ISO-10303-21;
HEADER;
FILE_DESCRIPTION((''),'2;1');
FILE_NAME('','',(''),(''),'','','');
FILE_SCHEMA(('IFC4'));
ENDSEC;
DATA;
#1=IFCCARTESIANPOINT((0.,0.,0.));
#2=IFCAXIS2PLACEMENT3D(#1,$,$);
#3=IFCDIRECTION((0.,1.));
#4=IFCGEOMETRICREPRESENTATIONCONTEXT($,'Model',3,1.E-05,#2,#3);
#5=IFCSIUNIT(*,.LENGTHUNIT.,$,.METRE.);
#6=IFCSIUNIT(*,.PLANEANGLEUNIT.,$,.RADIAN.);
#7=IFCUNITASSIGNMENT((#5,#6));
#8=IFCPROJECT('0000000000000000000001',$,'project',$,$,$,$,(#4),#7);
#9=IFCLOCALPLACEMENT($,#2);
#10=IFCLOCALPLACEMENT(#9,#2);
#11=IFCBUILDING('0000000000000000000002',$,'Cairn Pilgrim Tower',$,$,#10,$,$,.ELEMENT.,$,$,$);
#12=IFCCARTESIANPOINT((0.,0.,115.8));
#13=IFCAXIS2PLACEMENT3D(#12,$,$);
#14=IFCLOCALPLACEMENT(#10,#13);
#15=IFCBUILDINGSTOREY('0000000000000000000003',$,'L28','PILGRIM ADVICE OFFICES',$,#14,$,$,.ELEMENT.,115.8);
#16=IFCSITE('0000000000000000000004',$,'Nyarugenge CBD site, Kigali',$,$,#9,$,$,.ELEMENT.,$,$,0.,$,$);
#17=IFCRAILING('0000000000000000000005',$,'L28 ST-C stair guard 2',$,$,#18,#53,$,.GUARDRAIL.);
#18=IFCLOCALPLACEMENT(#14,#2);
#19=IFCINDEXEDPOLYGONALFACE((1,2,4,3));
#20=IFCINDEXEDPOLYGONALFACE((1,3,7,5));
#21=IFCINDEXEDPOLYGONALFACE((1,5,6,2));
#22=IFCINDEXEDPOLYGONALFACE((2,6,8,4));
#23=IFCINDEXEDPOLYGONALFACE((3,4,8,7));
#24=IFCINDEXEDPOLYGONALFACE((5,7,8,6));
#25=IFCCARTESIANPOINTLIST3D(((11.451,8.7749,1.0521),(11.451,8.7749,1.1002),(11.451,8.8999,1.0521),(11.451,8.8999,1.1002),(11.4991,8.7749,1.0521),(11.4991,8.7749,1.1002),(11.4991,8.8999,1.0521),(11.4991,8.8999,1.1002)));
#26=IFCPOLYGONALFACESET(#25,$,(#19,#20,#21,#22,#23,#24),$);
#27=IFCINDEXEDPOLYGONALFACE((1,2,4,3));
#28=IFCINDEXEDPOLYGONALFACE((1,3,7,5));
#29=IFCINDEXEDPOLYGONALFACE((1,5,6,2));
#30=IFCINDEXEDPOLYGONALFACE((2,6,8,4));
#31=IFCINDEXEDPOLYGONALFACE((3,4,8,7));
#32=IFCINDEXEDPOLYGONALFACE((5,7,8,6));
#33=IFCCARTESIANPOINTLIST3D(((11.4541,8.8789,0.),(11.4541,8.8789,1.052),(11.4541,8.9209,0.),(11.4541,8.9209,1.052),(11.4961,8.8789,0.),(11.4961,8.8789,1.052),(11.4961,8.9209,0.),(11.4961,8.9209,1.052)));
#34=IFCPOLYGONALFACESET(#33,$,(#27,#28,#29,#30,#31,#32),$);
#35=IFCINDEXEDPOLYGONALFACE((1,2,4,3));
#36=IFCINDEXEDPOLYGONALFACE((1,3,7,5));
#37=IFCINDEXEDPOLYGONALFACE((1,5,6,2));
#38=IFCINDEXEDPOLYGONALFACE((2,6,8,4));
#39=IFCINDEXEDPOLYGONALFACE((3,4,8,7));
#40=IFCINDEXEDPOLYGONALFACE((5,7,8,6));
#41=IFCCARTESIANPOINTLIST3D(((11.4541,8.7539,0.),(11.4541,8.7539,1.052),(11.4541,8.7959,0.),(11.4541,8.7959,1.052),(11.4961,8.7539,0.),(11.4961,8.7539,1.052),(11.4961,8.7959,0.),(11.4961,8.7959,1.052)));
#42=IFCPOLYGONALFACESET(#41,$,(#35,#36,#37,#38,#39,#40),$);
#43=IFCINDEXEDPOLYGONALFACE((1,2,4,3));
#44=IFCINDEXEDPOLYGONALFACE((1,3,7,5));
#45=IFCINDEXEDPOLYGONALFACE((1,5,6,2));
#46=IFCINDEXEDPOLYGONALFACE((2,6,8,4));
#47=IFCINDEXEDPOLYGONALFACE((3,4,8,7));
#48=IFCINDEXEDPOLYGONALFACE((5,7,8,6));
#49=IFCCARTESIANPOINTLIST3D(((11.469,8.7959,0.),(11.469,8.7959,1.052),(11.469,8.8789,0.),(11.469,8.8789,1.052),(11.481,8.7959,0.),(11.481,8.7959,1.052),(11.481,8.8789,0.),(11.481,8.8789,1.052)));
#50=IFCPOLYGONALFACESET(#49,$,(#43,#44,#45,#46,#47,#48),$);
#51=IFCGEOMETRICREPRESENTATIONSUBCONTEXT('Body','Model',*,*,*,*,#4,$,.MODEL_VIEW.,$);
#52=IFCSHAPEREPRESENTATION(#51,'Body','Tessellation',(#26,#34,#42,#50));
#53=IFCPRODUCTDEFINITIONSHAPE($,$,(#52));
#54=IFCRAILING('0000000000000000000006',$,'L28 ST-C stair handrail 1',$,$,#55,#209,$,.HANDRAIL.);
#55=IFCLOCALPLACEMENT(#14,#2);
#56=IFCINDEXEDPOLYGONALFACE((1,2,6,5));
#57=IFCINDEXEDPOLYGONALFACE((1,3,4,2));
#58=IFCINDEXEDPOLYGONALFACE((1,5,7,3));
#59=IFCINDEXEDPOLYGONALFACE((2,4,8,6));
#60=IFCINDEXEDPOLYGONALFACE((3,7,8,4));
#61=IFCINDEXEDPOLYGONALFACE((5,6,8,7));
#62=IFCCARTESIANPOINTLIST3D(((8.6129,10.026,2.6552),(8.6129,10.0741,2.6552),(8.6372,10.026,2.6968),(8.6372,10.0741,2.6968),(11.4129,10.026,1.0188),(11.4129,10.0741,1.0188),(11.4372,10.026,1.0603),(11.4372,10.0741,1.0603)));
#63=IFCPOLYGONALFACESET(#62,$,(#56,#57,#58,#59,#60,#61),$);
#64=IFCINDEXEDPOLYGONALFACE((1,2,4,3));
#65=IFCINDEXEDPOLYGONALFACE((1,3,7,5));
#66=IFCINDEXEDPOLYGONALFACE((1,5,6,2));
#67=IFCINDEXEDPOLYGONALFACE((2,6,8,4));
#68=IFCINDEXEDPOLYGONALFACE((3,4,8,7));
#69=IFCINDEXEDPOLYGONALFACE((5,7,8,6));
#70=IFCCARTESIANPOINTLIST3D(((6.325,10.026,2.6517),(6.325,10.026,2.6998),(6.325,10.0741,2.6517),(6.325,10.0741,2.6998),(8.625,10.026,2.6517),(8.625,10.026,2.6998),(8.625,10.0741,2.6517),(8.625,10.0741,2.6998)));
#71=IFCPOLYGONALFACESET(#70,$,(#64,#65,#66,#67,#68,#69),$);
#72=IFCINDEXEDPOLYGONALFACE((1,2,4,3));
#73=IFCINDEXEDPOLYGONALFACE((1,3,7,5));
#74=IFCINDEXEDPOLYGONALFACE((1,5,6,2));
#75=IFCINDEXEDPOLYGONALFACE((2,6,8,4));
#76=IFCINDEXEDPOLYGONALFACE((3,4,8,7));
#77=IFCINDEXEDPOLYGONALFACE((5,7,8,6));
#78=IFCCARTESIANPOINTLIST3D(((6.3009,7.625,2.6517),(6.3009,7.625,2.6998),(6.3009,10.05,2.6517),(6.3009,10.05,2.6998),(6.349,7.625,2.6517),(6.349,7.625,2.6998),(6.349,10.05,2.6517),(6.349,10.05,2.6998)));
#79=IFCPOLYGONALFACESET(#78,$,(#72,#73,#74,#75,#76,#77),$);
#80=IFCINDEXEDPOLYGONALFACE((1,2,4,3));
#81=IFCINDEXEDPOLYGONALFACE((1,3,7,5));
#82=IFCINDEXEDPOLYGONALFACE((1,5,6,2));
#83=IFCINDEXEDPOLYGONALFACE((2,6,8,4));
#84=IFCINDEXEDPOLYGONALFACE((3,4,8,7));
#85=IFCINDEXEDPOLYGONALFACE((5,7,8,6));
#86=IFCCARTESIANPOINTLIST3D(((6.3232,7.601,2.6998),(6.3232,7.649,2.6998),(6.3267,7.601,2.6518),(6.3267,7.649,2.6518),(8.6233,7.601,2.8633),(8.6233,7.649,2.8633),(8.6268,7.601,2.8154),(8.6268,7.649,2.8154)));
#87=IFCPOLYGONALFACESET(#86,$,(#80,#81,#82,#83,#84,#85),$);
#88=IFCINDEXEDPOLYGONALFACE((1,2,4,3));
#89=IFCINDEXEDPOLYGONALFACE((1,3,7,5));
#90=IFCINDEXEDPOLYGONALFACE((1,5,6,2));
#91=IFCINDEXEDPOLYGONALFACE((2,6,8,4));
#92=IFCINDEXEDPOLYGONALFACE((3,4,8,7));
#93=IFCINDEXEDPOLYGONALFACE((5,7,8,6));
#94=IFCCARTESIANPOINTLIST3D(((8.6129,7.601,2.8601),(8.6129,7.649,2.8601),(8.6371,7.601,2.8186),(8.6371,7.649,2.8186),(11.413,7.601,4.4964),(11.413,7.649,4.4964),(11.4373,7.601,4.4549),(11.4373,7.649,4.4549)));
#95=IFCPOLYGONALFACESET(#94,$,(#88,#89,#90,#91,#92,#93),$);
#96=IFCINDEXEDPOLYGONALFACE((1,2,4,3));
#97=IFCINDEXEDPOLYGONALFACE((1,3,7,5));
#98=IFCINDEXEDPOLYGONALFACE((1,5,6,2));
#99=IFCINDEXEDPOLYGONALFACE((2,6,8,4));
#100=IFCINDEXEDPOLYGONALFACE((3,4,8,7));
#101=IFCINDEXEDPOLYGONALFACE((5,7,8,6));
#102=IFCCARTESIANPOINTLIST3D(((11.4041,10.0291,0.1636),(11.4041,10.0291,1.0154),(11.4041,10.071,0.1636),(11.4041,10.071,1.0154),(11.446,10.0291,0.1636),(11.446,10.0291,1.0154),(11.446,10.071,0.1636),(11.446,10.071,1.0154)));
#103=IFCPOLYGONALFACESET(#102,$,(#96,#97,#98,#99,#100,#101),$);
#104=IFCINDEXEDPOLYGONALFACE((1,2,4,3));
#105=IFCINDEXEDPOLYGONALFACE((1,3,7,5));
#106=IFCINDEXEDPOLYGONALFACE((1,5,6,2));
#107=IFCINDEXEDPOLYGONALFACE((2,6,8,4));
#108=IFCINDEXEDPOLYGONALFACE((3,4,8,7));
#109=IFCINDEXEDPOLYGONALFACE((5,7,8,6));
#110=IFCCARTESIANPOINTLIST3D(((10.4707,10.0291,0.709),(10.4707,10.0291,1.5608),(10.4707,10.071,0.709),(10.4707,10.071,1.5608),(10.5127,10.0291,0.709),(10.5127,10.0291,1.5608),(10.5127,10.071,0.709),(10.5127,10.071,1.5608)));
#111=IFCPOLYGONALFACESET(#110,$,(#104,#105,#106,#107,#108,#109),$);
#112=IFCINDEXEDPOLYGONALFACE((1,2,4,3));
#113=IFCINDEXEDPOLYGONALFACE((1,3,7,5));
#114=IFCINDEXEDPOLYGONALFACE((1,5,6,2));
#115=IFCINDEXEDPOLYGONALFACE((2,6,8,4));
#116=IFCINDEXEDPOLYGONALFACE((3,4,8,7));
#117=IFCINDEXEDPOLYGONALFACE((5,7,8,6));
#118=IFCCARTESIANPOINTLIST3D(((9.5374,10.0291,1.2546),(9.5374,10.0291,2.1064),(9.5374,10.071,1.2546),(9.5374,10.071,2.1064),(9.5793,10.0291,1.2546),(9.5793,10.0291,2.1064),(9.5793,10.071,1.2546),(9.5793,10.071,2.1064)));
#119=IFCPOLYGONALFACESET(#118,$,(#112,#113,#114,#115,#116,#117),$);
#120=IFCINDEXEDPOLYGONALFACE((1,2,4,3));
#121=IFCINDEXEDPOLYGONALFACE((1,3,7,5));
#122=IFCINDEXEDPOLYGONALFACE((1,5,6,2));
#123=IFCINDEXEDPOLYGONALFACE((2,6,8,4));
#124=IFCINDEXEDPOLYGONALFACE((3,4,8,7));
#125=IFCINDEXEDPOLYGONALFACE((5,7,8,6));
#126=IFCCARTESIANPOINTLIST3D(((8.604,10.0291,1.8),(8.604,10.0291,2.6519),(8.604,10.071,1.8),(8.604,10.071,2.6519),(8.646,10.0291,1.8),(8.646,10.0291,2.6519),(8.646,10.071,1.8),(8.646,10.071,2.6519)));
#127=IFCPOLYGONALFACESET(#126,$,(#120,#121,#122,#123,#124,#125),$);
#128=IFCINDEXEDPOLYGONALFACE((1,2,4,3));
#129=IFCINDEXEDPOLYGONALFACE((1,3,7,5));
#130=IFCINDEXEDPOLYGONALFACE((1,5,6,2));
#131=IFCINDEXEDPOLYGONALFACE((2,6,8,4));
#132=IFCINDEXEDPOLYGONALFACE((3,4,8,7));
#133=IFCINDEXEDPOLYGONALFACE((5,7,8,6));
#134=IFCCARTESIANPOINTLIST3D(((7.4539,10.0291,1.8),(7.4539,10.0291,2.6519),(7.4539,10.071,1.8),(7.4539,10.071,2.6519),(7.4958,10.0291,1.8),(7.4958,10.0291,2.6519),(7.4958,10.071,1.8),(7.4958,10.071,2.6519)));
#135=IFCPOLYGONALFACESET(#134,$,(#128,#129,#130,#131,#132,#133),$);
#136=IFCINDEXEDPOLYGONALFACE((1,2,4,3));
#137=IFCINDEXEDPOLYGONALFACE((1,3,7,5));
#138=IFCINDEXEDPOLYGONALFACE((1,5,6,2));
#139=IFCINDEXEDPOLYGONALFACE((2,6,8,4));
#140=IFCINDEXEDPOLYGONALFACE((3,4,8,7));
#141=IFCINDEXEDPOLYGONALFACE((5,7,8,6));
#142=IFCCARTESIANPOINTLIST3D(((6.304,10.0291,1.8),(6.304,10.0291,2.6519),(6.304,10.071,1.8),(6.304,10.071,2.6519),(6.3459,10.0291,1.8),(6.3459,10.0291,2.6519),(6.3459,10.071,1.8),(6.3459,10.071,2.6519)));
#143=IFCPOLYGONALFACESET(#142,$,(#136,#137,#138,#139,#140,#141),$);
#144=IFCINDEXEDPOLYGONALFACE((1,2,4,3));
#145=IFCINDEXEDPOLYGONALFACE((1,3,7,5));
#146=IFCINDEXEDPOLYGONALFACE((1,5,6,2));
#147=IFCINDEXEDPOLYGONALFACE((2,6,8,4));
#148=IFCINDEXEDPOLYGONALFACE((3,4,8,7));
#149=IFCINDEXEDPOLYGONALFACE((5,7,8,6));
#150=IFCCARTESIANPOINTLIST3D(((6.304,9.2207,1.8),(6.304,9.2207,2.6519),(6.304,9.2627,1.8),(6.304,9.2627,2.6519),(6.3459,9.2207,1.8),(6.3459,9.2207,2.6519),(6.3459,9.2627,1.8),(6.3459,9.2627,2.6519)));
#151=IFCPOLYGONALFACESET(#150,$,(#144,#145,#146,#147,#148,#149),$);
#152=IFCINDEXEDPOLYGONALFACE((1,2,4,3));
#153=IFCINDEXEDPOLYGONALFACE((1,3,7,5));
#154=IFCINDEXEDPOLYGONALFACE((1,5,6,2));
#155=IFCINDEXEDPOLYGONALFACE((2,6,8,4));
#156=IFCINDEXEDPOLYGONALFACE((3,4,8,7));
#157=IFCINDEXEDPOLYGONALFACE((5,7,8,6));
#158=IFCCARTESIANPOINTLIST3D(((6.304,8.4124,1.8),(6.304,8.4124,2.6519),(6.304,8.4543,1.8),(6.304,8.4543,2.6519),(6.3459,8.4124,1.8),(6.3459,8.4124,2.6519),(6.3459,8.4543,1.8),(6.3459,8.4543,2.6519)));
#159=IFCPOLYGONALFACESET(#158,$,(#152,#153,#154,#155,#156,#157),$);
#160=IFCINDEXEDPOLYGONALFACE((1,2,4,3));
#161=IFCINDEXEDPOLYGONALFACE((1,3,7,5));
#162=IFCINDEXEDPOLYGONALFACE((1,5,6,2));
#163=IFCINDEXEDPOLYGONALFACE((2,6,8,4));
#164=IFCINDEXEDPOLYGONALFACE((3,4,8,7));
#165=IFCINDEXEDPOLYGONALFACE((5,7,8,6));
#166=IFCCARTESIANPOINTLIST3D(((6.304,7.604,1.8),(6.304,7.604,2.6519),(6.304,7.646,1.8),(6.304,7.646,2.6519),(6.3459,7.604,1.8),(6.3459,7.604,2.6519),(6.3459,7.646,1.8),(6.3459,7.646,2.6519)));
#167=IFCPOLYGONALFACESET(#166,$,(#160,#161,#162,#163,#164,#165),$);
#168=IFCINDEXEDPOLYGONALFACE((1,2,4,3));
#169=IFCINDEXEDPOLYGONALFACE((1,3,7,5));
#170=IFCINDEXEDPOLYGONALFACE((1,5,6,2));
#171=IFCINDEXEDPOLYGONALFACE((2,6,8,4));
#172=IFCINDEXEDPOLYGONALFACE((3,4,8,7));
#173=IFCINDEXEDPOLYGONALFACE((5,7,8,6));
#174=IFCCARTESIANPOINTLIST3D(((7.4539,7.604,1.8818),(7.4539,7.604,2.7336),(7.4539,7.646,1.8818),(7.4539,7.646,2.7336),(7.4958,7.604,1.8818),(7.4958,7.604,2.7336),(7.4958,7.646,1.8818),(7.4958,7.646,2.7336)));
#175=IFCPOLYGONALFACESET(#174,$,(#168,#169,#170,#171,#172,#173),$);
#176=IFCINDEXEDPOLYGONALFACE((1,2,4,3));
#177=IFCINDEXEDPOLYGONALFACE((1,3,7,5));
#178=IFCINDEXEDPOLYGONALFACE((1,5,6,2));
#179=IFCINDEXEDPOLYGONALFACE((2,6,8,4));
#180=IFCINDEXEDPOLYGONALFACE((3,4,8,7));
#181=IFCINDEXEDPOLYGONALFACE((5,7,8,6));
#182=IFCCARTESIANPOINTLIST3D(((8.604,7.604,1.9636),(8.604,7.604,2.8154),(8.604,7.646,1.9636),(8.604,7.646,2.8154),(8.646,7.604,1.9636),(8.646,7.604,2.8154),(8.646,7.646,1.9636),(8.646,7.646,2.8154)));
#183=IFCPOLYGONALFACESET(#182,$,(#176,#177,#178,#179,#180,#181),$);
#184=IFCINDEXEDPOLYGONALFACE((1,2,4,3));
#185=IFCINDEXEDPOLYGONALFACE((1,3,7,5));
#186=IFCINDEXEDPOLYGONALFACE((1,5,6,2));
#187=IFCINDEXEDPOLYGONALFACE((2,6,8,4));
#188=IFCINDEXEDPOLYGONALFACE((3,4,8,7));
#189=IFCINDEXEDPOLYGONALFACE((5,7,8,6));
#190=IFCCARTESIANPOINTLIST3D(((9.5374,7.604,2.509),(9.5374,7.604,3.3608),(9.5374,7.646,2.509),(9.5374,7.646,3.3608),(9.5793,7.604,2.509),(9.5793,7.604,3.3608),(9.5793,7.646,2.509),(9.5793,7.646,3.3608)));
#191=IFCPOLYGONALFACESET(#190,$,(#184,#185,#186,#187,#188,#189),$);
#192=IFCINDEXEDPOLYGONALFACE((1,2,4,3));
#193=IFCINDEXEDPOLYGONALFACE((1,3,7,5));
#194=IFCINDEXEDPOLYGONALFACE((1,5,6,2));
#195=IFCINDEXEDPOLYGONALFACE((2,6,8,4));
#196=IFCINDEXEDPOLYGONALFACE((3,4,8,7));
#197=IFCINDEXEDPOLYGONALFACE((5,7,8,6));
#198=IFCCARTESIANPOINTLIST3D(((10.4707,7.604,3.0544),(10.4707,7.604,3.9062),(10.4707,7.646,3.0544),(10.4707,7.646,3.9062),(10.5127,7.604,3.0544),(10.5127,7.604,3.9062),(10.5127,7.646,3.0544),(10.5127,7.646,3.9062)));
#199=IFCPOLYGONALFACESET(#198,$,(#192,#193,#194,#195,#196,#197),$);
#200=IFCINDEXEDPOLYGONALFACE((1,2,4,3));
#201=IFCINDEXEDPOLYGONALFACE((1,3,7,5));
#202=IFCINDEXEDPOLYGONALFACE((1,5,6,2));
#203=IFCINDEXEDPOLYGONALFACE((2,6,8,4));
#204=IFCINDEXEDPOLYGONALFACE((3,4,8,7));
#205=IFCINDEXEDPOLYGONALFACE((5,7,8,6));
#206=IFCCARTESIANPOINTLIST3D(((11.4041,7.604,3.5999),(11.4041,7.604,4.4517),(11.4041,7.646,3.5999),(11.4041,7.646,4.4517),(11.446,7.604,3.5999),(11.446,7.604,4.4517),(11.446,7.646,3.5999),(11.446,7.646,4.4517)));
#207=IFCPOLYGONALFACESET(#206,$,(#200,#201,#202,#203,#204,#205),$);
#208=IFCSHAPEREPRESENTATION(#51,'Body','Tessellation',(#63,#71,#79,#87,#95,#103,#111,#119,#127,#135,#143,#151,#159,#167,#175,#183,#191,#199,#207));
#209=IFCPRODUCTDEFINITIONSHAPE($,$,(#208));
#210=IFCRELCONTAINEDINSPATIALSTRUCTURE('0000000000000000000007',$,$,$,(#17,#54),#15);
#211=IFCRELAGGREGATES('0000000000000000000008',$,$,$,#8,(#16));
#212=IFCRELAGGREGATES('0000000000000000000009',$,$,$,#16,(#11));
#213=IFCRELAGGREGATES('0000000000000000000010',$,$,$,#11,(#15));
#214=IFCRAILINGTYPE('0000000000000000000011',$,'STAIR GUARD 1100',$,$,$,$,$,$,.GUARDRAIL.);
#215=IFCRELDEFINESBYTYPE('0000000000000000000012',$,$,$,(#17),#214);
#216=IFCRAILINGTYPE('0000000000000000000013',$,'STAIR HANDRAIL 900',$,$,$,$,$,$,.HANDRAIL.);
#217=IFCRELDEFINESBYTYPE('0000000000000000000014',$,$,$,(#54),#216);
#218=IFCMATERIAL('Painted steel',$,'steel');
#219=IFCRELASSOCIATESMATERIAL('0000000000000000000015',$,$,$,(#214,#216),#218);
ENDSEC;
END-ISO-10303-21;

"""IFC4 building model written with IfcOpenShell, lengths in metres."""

from ifc_helpers import new_model, si_unit, direction, frame, origin, origin_2d, place, context, subcontext, project, spatial, polyline, rectangle, outline, extrude, material, type_object, element, save


model = new_model("IFC4")

# Units and contexts
model_context = context("Model", 3, precision=1e-05, world=origin(), true_north=direction((0.0, 1.0)))
body_context = subcontext(model_context, "Body", "Model", "MODEL_VIEW")
ifc_project = project(units=[si_unit("LENGTHUNIT", "METRE"), si_unit("PLANEANGLEUNIT", "RADIAN")], contexts=[model_context])

# Site, building, storey
site_placement = place(None, origin())
site = spatial("IfcSite", under=ifc_project, at=site_placement, Name="Nyarugenge CBD site, Kigali", CompositionType="ELEMENT", RefElevation=0.0)
building_placement = place(site_placement, origin())
building = spatial("IfcBuilding", under=site, at=building_placement, Name="Cairn Pilgrim Tower", CompositionType="ELEMENT")
storey_placement = place(building_placement, frame((0.0, 0.0, 115.8)))
storey = spatial("IfcBuildingStorey", under=building, at=storey_placement, Name="L28", Description="PILGRIM ADVICE OFFICES", CompositionType="ELEMENT", Elevation=115.8)

# Shared definitions
ifc_material_1 = material(Name="Painted steel", Category="steel")

# Railings
railing_type_1 = type_object("IfcRailingType", Name="STAIR GUARD 1100", PredefinedType="GUARDRAIL", material=ifc_material_1)
railing_1_placement = place(storey_placement, frame((11.4751, 8.8999, 0.0)))
element("IfcRailing", 1, at=railing_1_placement, inside=storey, type_object=railing_type_1, Name="L28 ST-C stair guard 2", PredefinedType="GUARDRAIL", context=body_context, shape_type="SweptSolid", body=[
    extrude(rectangle(XDim=0.0481, YDim=0.0481, at=origin_2d()), frame((0.0, 0.0, 1.0762), z_axis=(0.0, -1.0, 0.0), x_axis=(1.0, 0.0, 0.0)), (0.0, 0.0, 1.0), 0.125),
    extrude(rectangle(XDim=0.042, YDim=0.042, at=origin_2d()), origin(), (0.0, 0.0, 1.0), 1.052),
    extrude(rectangle(XDim=0.042, YDim=0.042, at=origin_2d()), frame((0.0, -0.125, 0.0)), (0.0, 0.0, 1.0), 1.052),
    extrude(outline(polyline([(0.021, 0.0), (0.104, 0.0), (0.104, 1.052), (0.021, 1.052), (0.021, 0.0)])), frame((0.0059, 0.0, 0.0), z_axis=(-1.0, 0.0, 0.0), x_axis=(0.0, -1.0, 0.0)), (0.0, 0.0, 1.0), 0.012),
])
railing_type_2 = type_object("IfcRailingType", Name="STAIR HANDRAIL 900", PredefinedType="HANDRAIL", material=ifc_material_1)
railing_2_placement = place(storey_placement, frame((11.425, 10.05, 0.1636)))
element("IfcRailing", 2, at=railing_2_placement, inside=storey, type_object=railing_type_2, Name="L28 ST-C stair handrail 1", PredefinedType="HANDRAIL", context=body_context, shape_type="SweptSolid", body=[
    extrude(rectangle(XDim=0.0481, YDim=0.0481, at=origin_2d()), frame((0.0, 0.0, 0.876), z_axis=(-0.863361, 0.0, 0.504587), x_axis=(0.0, -1.0, 0.0)), (0.0, 0.0, 1.0), 3.2432),
    extrude(rectangle(XDim=0.0481, YDim=0.0481, at=origin_2d()), frame((-2.8, 0.0, 2.5122), z_axis=(-1.0, 0.0, 0.0), x_axis=(0.0, -1.0, 0.0)), (0.0, 0.0, 1.0), 2.3),
    extrude(rectangle(XDim=0.0481, YDim=0.0481, at=origin_2d()), frame((-5.1001, 0.0, 2.5122), z_axis=(0.0, -1.0, 0.0), x_axis=(1.0, 0.0, 0.0)), (0.0, 0.0, 1.0), 2.425),
    extrude(rectangle(XDim=0.0481, YDim=0.0481, at=origin_2d()), frame((-5.1001, -2.425, 2.5122), z_axis=(0.997481, 0.0, 0.070939), x_axis=(0.0, 1.0, 0.0)), (0.0, 0.0, 1.0), 2.3059),
    extrude(rectangle(XDim=0.0481, YDim=0.0481, at=origin_2d()), frame((-2.8, -2.425, 2.6758), z_axis=(0.863394, 0.0, 0.504531), x_axis=(0.0, 1.0, 0.0)), (0.0, 0.0, 1.0), 3.2432),
    extrude(rectangle(XDim=0.042, YDim=0.042, at=origin_2d()), origin(), (0.0, 0.0, 1.0), 0.8518),
    extrude(rectangle(XDim=0.042, YDim=0.042, at=origin_2d()), frame((-0.9333, 0.0, 0.5454)), (0.0, 0.0, 1.0), 0.8518),
    extrude(rectangle(XDim=0.042, YDim=0.042, at=origin_2d()), frame((-1.8667, 0.0, 1.0911)), (0.0, 0.0, 1.0), 0.8518),
    extrude(rectangle(XDim=0.042, YDim=0.042, at=origin_2d()), frame((-2.8, 0.0, 1.6365)), (0.0, 0.0, 1.0), 0.8518),
    extrude(rectangle(XDim=0.042, YDim=0.042, at=origin_2d()), frame((-3.9502, 0.0, 1.6365)), (0.0, 0.0, 1.0), 0.8518),
    extrude(rectangle(XDim=0.042, YDim=0.042, at=origin_2d()), frame((-5.1001, 0.0, 1.6365)), (0.0, 0.0, 1.0), 0.8518),
    extrude(rectangle(XDim=0.042, YDim=0.042, at=origin_2d()), frame((-5.1001, -0.8083, 1.6365)), (0.0, 0.0, 1.0), 0.8518),
    extrude(rectangle(XDim=0.042, YDim=0.042, at=origin_2d()), frame((-5.1001, -1.6167, 1.6365)), (0.0, 0.0, 1.0), 0.8518),
    extrude(rectangle(XDim=0.042, YDim=0.042, at=origin_2d()), frame((-5.1001, -2.425, 1.6365)), (0.0, 0.0, 1.0), 0.8518),
    extrude(rectangle(XDim=0.042, YDim=0.042, at=origin_2d()), frame((-3.9502, -2.425, 1.7183)), (0.0, 0.0, 1.0), 0.8518),
    extrude(rectangle(XDim=0.042, YDim=0.042, at=origin_2d()), frame((-2.8, -2.425, 1.8)), (0.0, 0.0, 1.0), 0.8518),
    extrude(rectangle(XDim=0.042, YDim=0.042, at=origin_2d()), frame((-1.8667, -2.425, 2.3455)), (0.0, 0.0, 1.0), 0.8518),
    extrude(rectangle(XDim=0.042, YDim=0.042, at=origin_2d()), frame((-0.9333, -2.425, 2.8909)), (0.0, 0.0, 1.0), 0.8518),
    extrude(rectangle(XDim=0.042, YDim=0.042, at=origin_2d()), frame((0.0, -2.425, 3.4363)), (0.0, 0.0, 1.0), 0.8518),
])

save(model, "model.ifc")
